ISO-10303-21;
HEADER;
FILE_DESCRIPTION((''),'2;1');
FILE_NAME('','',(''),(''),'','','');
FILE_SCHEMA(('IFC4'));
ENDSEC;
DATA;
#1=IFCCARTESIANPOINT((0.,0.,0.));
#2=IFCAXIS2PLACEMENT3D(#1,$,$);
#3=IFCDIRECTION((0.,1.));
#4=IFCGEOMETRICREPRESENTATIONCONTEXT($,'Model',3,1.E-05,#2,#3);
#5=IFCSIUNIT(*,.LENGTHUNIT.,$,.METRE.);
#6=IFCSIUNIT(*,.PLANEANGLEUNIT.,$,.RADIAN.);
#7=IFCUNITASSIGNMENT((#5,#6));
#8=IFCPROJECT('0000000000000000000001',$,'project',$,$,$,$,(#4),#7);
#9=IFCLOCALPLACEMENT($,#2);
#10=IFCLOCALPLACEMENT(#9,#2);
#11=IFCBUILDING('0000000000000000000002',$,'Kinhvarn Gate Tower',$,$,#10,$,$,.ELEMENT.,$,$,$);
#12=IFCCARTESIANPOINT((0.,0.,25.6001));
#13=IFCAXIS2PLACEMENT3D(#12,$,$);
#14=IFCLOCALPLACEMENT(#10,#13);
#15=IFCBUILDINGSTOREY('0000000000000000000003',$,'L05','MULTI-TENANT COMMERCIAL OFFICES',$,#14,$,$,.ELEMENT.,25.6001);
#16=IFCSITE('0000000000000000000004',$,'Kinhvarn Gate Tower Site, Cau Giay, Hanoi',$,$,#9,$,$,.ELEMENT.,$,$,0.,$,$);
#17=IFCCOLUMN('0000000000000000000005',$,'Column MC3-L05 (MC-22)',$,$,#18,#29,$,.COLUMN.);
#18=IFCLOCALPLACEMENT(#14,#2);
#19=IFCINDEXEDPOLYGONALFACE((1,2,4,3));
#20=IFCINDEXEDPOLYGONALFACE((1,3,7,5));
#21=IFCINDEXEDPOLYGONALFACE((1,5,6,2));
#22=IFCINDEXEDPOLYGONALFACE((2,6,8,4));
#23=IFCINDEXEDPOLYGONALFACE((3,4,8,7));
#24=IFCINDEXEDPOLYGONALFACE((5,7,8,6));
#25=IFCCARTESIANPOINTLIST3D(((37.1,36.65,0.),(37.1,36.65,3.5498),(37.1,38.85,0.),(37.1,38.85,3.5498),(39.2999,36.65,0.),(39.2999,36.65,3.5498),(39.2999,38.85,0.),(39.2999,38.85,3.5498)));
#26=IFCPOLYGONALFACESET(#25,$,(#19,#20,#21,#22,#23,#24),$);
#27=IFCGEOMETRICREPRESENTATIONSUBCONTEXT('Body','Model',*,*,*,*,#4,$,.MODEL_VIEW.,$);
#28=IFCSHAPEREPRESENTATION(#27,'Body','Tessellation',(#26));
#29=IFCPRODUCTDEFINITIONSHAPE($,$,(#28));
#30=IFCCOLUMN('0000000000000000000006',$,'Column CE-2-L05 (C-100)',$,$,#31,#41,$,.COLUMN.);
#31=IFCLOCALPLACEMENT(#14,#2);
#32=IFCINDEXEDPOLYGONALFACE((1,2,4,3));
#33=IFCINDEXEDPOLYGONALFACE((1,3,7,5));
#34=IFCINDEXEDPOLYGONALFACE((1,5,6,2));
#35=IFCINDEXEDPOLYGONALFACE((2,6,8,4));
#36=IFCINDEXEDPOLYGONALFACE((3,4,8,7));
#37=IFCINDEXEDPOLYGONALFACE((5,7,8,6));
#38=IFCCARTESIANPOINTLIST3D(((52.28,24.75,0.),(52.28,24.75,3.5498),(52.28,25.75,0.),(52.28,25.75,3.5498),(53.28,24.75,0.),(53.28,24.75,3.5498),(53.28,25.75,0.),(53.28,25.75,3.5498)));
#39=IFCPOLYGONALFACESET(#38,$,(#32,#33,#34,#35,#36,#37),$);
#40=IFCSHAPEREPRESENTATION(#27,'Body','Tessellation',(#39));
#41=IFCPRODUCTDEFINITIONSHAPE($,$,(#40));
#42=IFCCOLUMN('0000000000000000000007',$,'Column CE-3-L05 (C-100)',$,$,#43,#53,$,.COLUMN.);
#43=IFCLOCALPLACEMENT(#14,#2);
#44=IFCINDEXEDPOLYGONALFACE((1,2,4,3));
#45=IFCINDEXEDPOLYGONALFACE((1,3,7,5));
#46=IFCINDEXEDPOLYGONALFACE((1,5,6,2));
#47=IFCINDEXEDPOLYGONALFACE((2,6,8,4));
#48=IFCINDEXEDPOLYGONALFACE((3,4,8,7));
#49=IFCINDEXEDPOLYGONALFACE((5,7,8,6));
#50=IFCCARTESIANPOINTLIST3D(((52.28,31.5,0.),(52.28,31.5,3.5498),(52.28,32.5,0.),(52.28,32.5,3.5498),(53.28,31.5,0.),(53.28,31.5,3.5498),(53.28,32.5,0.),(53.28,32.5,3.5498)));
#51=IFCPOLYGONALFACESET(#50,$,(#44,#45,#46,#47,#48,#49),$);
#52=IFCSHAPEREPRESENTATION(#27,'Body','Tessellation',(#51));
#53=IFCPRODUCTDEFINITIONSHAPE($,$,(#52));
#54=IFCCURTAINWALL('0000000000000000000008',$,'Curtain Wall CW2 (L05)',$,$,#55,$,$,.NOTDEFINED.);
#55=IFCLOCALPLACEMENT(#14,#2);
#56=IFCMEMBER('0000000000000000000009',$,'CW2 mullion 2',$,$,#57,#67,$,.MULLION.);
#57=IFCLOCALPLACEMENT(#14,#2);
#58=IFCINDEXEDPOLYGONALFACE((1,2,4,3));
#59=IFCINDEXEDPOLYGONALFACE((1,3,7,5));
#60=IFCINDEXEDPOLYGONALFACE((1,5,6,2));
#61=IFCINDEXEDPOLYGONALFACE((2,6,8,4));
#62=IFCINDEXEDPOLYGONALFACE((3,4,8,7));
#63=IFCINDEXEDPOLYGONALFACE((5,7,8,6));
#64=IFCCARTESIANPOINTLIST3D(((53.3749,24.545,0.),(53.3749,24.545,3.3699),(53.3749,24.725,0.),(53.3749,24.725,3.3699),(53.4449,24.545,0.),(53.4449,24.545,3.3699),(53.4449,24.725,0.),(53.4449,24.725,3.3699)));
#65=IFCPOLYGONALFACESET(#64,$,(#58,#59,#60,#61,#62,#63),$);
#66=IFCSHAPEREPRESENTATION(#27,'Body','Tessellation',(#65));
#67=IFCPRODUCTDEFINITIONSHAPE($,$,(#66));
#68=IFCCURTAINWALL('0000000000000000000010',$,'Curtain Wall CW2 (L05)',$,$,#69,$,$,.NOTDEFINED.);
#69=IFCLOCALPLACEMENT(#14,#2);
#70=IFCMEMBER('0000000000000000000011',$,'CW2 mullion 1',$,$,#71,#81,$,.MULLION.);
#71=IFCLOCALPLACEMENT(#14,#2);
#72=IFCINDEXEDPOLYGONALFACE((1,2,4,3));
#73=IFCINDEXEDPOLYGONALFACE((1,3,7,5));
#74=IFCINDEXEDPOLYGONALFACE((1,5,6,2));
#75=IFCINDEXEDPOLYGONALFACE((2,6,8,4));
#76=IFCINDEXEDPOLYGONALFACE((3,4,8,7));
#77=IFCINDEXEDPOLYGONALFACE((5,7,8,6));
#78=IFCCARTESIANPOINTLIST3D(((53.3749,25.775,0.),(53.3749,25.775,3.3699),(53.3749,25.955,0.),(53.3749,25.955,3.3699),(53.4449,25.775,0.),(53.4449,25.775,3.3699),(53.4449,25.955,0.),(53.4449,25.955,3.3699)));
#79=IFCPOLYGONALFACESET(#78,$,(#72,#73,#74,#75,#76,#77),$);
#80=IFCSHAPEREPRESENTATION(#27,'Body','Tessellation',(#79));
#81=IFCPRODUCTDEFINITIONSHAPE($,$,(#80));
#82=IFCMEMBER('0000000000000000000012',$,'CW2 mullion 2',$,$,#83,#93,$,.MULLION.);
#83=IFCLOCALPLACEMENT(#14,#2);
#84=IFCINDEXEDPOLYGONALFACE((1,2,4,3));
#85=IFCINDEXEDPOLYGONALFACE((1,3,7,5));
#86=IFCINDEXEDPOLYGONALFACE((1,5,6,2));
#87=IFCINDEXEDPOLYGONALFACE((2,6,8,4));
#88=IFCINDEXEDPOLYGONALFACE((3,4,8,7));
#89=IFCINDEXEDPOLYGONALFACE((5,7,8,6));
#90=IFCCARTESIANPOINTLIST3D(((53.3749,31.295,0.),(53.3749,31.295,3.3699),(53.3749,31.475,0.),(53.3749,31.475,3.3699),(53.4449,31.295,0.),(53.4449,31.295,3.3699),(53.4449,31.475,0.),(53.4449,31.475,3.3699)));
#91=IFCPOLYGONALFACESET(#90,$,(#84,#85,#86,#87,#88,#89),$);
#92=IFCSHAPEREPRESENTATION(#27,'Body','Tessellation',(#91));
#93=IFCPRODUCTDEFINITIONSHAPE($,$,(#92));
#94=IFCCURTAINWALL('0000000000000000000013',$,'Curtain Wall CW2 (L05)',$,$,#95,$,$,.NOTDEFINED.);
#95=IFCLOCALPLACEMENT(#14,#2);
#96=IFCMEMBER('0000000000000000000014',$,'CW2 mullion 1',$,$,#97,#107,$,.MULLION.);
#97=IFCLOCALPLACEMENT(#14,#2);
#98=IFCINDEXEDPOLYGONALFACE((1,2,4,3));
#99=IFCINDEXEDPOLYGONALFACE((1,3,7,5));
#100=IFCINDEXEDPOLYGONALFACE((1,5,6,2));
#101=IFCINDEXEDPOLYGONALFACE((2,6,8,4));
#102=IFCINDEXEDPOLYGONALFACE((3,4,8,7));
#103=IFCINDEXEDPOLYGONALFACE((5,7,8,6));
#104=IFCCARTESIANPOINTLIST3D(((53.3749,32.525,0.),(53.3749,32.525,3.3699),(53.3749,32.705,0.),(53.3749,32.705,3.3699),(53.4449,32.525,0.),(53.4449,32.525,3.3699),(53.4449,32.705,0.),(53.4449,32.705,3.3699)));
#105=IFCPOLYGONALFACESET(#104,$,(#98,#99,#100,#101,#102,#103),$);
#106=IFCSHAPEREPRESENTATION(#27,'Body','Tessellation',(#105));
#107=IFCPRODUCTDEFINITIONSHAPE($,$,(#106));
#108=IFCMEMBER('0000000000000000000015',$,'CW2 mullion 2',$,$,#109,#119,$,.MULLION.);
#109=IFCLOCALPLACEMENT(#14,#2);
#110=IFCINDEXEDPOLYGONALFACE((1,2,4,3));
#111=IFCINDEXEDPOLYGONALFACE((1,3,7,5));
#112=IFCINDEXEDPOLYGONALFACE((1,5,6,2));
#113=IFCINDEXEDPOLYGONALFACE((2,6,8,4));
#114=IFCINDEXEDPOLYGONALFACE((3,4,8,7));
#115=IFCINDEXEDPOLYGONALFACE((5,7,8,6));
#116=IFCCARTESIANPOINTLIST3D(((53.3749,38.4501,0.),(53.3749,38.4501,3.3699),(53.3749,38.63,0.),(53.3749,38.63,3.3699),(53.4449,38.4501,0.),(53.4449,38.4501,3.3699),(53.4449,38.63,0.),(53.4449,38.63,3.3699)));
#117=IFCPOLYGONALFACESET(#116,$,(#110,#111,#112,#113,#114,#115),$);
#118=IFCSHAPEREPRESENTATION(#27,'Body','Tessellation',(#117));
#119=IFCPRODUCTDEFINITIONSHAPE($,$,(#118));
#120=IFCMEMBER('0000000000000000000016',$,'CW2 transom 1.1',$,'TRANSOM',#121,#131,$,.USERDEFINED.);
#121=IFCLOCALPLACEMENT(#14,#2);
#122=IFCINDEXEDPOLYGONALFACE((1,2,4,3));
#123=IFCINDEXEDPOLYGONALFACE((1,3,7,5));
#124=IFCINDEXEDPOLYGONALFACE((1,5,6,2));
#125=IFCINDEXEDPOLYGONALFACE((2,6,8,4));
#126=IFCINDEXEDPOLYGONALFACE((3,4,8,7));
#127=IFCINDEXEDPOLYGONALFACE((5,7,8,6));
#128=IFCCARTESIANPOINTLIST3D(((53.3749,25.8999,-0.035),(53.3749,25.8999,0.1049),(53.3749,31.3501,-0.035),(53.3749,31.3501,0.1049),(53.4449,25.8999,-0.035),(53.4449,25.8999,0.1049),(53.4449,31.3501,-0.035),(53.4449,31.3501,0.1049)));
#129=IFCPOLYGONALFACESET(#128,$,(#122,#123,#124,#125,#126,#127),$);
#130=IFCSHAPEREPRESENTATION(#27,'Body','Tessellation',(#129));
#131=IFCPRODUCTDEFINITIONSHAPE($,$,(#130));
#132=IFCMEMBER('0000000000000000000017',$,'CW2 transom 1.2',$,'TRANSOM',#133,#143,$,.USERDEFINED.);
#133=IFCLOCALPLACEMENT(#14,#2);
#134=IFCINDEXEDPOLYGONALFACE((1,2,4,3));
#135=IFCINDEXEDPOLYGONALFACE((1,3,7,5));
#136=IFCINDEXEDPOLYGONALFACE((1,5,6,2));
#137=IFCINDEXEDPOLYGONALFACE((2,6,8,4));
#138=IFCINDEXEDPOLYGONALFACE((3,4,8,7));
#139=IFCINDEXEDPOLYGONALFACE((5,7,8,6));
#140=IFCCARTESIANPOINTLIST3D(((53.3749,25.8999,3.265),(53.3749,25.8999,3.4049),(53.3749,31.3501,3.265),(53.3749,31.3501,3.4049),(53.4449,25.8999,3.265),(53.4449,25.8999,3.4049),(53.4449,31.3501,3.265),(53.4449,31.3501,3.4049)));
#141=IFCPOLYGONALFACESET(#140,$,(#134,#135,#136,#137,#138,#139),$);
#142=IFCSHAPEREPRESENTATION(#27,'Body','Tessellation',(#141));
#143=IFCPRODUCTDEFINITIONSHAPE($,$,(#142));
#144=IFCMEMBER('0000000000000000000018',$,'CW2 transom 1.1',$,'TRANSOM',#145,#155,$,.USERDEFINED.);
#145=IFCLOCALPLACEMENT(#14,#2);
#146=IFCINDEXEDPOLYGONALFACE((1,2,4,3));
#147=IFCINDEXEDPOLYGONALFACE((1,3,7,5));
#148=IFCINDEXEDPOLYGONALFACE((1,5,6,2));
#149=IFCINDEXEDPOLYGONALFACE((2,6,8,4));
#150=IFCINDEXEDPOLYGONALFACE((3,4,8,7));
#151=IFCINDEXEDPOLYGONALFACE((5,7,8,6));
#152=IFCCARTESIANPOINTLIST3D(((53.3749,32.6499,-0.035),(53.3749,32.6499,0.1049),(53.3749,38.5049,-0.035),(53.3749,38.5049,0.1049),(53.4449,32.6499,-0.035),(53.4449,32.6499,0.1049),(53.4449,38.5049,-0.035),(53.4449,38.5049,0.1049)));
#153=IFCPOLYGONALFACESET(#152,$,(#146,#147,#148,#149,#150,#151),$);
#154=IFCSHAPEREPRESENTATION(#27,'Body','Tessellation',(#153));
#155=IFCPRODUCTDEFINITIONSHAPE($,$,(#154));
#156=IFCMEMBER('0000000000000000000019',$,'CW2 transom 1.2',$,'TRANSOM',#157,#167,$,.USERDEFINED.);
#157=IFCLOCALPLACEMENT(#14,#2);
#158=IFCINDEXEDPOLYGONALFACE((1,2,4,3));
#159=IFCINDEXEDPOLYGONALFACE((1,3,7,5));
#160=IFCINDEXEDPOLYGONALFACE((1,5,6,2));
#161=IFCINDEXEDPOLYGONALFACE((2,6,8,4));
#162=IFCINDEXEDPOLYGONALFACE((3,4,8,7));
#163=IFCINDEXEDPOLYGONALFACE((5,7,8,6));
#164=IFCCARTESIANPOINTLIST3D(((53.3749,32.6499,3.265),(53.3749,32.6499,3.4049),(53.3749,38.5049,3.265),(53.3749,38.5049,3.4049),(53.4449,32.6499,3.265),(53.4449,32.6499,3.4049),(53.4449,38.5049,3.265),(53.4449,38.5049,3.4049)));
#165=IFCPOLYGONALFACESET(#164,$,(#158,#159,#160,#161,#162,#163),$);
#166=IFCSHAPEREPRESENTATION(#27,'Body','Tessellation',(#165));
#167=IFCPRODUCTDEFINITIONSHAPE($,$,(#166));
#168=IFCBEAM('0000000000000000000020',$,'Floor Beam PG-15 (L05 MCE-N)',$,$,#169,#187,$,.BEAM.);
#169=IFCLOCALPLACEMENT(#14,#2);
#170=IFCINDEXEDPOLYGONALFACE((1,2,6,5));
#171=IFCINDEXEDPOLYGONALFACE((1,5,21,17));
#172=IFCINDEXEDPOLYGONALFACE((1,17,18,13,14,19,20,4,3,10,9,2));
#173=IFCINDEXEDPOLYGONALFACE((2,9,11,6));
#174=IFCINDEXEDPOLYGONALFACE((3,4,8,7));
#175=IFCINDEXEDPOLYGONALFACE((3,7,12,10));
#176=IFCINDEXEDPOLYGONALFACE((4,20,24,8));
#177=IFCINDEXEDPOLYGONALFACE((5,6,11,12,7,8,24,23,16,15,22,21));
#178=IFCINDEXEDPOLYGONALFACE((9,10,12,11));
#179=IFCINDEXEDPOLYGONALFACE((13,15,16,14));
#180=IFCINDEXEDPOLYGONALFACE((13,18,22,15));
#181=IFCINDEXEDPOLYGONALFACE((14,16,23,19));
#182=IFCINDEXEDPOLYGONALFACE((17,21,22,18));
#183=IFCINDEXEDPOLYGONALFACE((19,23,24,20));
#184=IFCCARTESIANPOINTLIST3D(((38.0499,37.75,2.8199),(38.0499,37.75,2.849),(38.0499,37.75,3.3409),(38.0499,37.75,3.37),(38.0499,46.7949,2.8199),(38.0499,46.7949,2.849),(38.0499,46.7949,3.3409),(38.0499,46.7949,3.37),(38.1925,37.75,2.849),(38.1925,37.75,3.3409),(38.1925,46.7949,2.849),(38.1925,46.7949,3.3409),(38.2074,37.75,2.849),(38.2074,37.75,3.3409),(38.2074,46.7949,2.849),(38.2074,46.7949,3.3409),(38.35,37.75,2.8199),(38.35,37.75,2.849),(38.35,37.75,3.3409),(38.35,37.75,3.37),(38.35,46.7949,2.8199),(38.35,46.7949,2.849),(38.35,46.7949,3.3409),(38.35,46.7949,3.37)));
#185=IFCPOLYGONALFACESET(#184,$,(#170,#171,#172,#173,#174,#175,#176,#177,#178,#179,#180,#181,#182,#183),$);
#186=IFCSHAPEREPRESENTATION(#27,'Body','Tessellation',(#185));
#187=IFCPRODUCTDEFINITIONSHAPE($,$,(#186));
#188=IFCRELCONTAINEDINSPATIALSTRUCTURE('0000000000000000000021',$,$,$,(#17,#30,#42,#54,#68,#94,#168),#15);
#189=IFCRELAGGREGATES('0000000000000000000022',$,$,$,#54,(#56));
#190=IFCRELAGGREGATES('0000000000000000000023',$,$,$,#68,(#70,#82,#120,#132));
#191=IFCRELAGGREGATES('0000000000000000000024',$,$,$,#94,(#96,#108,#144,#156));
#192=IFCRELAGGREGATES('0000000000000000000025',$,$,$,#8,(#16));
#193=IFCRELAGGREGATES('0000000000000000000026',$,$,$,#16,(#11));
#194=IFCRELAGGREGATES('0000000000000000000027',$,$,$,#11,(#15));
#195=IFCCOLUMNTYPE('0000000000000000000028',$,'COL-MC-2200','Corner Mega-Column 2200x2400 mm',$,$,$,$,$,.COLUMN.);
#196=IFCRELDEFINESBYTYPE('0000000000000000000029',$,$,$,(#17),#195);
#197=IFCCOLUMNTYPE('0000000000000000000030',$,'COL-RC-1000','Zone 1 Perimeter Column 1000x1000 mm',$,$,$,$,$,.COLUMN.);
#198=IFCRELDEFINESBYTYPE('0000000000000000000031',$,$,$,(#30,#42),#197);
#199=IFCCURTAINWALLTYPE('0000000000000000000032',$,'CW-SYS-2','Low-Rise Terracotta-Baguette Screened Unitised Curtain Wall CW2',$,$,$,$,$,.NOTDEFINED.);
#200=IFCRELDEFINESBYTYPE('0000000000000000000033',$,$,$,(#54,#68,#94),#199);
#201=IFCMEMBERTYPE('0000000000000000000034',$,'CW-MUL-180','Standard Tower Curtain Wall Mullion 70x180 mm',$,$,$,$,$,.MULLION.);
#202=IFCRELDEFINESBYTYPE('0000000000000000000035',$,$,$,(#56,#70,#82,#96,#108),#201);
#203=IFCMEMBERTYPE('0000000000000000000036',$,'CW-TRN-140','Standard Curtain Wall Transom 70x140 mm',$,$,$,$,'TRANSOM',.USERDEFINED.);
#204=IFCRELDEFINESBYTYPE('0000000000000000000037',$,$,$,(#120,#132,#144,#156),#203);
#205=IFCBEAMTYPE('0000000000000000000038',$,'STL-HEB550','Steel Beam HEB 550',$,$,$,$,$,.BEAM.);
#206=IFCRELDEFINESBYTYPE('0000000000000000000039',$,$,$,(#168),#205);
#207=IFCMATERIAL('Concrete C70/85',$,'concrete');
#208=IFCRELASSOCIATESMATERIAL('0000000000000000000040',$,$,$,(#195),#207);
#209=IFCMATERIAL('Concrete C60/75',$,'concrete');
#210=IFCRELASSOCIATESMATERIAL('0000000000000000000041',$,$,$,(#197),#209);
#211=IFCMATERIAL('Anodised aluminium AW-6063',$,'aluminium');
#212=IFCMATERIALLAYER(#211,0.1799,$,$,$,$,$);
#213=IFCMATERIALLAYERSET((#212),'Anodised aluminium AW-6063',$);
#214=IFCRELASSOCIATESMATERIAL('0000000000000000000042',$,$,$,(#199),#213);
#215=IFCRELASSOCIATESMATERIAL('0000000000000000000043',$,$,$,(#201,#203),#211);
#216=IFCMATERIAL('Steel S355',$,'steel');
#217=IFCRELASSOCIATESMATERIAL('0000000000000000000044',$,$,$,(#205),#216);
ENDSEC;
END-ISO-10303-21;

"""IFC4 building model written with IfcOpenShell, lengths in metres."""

from ifc_helpers import new_model, si_unit, direction, frame, origin, origin_2d, place, context, subcontext, project, spatial, rectangle, i_section, extrude, material, layer, layer_set, material_profile, profile_set, type_object, element, aggregate, save


model = new_model("IFC4")

# Units and contexts
model_context = context("Model", 3, precision=1e-05, world=origin(), true_north=direction((0.0, 1.0)))
body_context = subcontext(model_context, "Body", "Model", "MODEL_VIEW")
ifc_project = project(units=[si_unit("LENGTHUNIT", "METRE"), si_unit("PLANEANGLEUNIT", "RADIAN")], contexts=[model_context])

# Site, building, storey
site_placement = place(None, origin())
site = spatial("IfcSite", under=ifc_project, at=site_placement, Name="Kinhvarn Gate Tower Site, Cau Giay, Hanoi", CompositionType="ELEMENT", RefElevation=0.0)
building_placement = place(site_placement, origin())
building = spatial("IfcBuilding", under=site, at=building_placement, Name="Kinhvarn Gate Tower", CompositionType="ELEMENT")
storey_placement = place(building_placement, frame((0.0, 0.0, 25.6001)))
storey = spatial("IfcBuildingStorey", under=building, at=storey_placement, Name="L05", Description="MULTI-TENANT COMMERCIAL OFFICES", CompositionType="ELEMENT", Elevation=25.6001)

# Columns
ifc_material_1 = material(Name="Concrete C70/85", Category="concrete")
ifc_material_profile_1 = material_profile(ifc_material_1, rectangle(XDim=2.2, YDim=2.2, at=origin_2d()), Name="RC 2200x2200")
ifc_profile_set_1 = profile_set([ifc_material_profile_1], Name="Concrete C70/85")
column_type_1 = type_object("IfcColumnType", Name="COL-MC-2200", Description="Corner Mega-Column 2200x2400 mm", PredefinedType="COLUMN", material=ifc_profile_set_1)
column_placement = place(storey_placement, frame((38.2, 37.75, 0.0), z_axis=(0.0, 0.0, 1.0), x_axis=(1.0, 0.0, 0.0)))
element("IfcColumn", 1, at=column_placement, inside=storey, type_object=column_type_1, Name="Column MC3-L05 (MC-22)", PredefinedType="COLUMN", context=body_context, shape_type="SweptSolid", body=[
    extrude(rectangle(XDim=2.2, YDim=2.2, at=origin_2d()), origin(), (0.0, 0.0, 1.0), 3.5498),
])
ifc_material_2 = material(Name="Concrete C60/75", Category="concrete")
ifc_material_profile_2 = material_profile(ifc_material_2, rectangle(XDim=1.0, YDim=1.0, at=origin_2d()), Name="RC 1000x1000")
ifc_profile_set_2 = profile_set([ifc_material_profile_2], Name="Concrete C60/75")
column_type_2 = type_object("IfcColumnType", Name="COL-RC-1000", Description="Zone 1 Perimeter Column 1000x1000 mm", PredefinedType="COLUMN", material=ifc_profile_set_2)
for number, where, z_axis, x_axis, name in (
    (2, (52.78, 25.25, 0.0), (0.0, 0.0, 1.0), (1.0, 0.0, 0.0), "Column CE-2-L05 (C-100)"),
    (3, (52.78, 32.0, 0.0), (0.0, 0.0, 1.0), (1.0, 0.0, 0.0), "Column CE-3-L05 (C-100)"),
):
    element("IfcColumn", number, at=place(storey_placement, frame(where, z_axis=z_axis, x_axis=x_axis)), inside=storey, type_object=column_type_2, Name=name, PredefinedType="COLUMN", context=body_context, shape_type="SweptSolid", body=[
        extrude(rectangle(XDim=1.0, YDim=1.0, at=origin_2d()), origin(), (0.0, 0.0, 1.0), 3.5498),
    ])

# Curtain wall, member
ifc_material_3 = material(Name="Anodised aluminium AW-6063", Category="aluminium")
ifc_layer_1 = layer(ifc_material_3, 0.1799)
ifc_layer_set_1 = layer_set([ifc_layer_1], Name="Anodised aluminium AW-6063")
curtain_wall_type = type_object("IfcCurtainWallType", Name="CW-SYS-2", Description="Low-Rise Terracotta-Baguette Screened Unitised Curtain Wall CW2", PredefinedType="NOTDEFINED", material=ifc_layer_set_1)
curtain_wall_1_placement = place(storey_placement, origin())
curtain_wall_1 = element("IfcCurtainWall", 4, at=curtain_wall_1_placement, inside=storey, type_object=curtain_wall_type, Name="Curtain Wall CW2 (L05)", PredefinedType="NOTDEFINED")
ifc_material_profile_3 = material_profile(ifc_material_3, rectangle(XDim=0.0701, YDim=0.1799, at=origin_2d()), Name="ALU 70x180")
ifc_profile_set_3 = profile_set([ifc_material_profile_3], Name="Anodised aluminium AW-6063")
member_type_1 = type_object("IfcMemberType", Name="CW-MUL-180", Description="Standard Tower Curtain Wall Mullion 70x180 mm", PredefinedType="MULLION", material=ifc_profile_set_3)
member_1_placement = place(storey_placement, frame((53.4099, 24.635, 0.0), z_axis=(0.0, 0.0, 1.0), x_axis=(-1.0, 0.0, 0.0)))
member_1 = element("IfcMember", 5, at=member_1_placement, type_object=member_type_1, Name="CW2 mullion 2", PredefinedType="MULLION", context=body_context, shape_type="SweptSolid", body=[
    extrude(rectangle(XDim=0.0701, YDim=0.1799, at=origin_2d()), origin(), (0.0, 0.0, 1.0), 3.3699),
])
aggregate(curtain_wall_1, [member_1])

# Curtain walls, members
curtain_wall_2_placement = place(storey_placement, origin())
curtain_wall_2 = element("IfcCurtainWall", 6, at=curtain_wall_2_placement, inside=storey, type_object=curtain_wall_type, Name="Curtain Wall CW2 (L05)", PredefinedType="NOTDEFINED")
member_2_placement = place(storey_placement, frame((53.4099, 25.865, 0.0), z_axis=(0.0, 0.0, 1.0), x_axis=(-1.0, 0.0, 0.0)))
member_2 = element("IfcMember", 7, at=member_2_placement, type_object=member_type_1, Name="CW2 mullion 1", PredefinedType="MULLION", context=body_context, shape_type="SweptSolid", body=[
    extrude(rectangle(XDim=0.0701, YDim=0.1799, at=origin_2d()), origin(), (0.0, 0.0, 1.0), 3.3699),
])
member_3_placement = place(storey_placement, frame((53.4099, 31.385, 0.0), z_axis=(0.0, 0.0, 1.0), x_axis=(-1.0, 0.0, 0.0)))
member_3 = element("IfcMember", 8, at=member_3_placement, type_object=member_type_1, Name="CW2 mullion 2", PredefinedType="MULLION", context=body_context, shape_type="SweptSolid", body=[
    extrude(rectangle(XDim=0.0701, YDim=0.1799, at=origin_2d()), origin(), (0.0, 0.0, 1.0), 3.3699),
])
curtain_wall_3_placement = place(storey_placement, origin())
curtain_wall_3 = element("IfcCurtainWall", 9, at=curtain_wall_3_placement, inside=storey, type_object=curtain_wall_type, Name="Curtain Wall CW2 (L05)", PredefinedType="NOTDEFINED")
member_4_placement = place(storey_placement, frame((53.4099, 32.615, 0.0), z_axis=(0.0, 0.0, 1.0), x_axis=(-1.0, 0.0, 0.0)))
member_4 = element("IfcMember", 10, at=member_4_placement, type_object=member_type_1, Name="CW2 mullion 1", PredefinedType="MULLION", context=body_context, shape_type="SweptSolid", body=[
    extrude(rectangle(XDim=0.0701, YDim=0.1799, at=origin_2d()), origin(), (0.0, 0.0, 1.0), 3.3699),
])
member_5_placement = place(storey_placement, frame((53.4099, 38.54, 0.0), z_axis=(0.0, 0.0, 1.0), x_axis=(-1.0, 0.0, 0.0)))
member_5 = element("IfcMember", 11, at=member_5_placement, type_object=member_type_1, Name="CW2 mullion 2", PredefinedType="MULLION", context=body_context, shape_type="SweptSolid", body=[
    extrude(rectangle(XDim=0.0701, YDim=0.1799, at=origin_2d()), origin(), (0.0, 0.0, 1.0), 3.3699),
])

# Members
ifc_material_profile_4 = material_profile(ifc_material_3, rectangle(XDim=0.0701, YDim=0.1399, at=origin_2d()), Name="ALU 70x140")
ifc_profile_set_4 = profile_set([ifc_material_profile_4], Name="Anodised aluminium AW-6063")
member_type_2 = type_object("IfcMemberType", Name="CW-TRN-140", Description="Standard Curtain Wall Transom 70x140 mm", ElementType="TRANSOM", PredefinedType="USERDEFINED", material=ifc_profile_set_4)
member_6_placement = place(storey_placement, frame((53.4099, 25.8999, 0.0349), z_axis=(0.0, 1.0, 0.0), x_axis=(-1.0, 0.0, 0.0)))
member_6 = element("IfcMember", 12, at=member_6_placement, type_object=member_type_2, Name="CW2 transom 1.1", ObjectType="TRANSOM", PredefinedType="USERDEFINED", context=body_context, shape_type="SweptSolid", body=[
    extrude(rectangle(XDim=0.0701, YDim=0.1399, at=origin_2d()), origin(), (0.0, 0.0, 1.0), 5.4502),
])
member_7_placement = place(storey_placement, frame((53.4099, 25.8999, 3.335), z_axis=(0.0, 1.0, 0.0), x_axis=(-1.0, 0.0, 0.0)))
member_7 = element("IfcMember", 13, at=member_7_placement, type_object=member_type_2, Name="CW2 transom 1.2", ObjectType="TRANSOM", PredefinedType="USERDEFINED", context=body_context, shape_type="SweptSolid", body=[
    extrude(rectangle(XDim=0.0701, YDim=0.1399, at=origin_2d()), origin(), (0.0, 0.0, 1.0), 5.4502),
])
member_8_placement = place(storey_placement, frame((53.4099, 32.6499, 0.0349), z_axis=(0.0, 1.0, 0.0), x_axis=(-1.0, 0.0, 0.0)))
member_8 = element("IfcMember", 14, at=member_8_placement, type_object=member_type_2, Name="CW2 transom 1.1", ObjectType="TRANSOM", PredefinedType="USERDEFINED", context=body_context, shape_type="SweptSolid", body=[
    extrude(rectangle(XDim=0.0701, YDim=0.1399, at=origin_2d()), origin(), (0.0, 0.0, 1.0), 5.855),
])
member_9_placement = place(storey_placement, frame((53.4099, 32.6499, 3.335), z_axis=(0.0, 1.0, 0.0), x_axis=(-1.0, 0.0, 0.0)))
member_9 = element("IfcMember", 15, at=member_9_placement, type_object=member_type_2, Name="CW2 transom 1.2", ObjectType="TRANSOM", PredefinedType="USERDEFINED", context=body_context, shape_type="SweptSolid", body=[
    extrude(rectangle(XDim=0.0701, YDim=0.1399, at=origin_2d()), origin(), (0.0, 0.0, 1.0), 5.855),
])

# Beam
ifc_material_4 = material(Name="Steel S355", Category="steel")
ifc_material_profile_5 = material_profile(ifc_material_4, i_section(OverallWidth=0.3, OverallDepth=0.55, WebThickness=0.0149, FlangeThickness=0.0291, at=origin_2d()), Name="HEB 550")
ifc_profile_set_5 = profile_set([ifc_material_profile_5], Name="Steel S355")
beam_type_1 = type_object("IfcBeamType", Name="STL-HEB550", Description="Steel Beam HEB 550", PredefinedType="BEAM", material=ifc_profile_set_5)
beam_1_placement = place(storey_placement, frame((38.2, 37.75, 3.095), z_axis=(0.0, 1.0, 0.0), x_axis=(-1.0, 0.0, 0.0)))
element("IfcBeam", 16, at=beam_1_placement, inside=storey, type_object=beam_type_1, Name="Floor Beam PG-15 (L05 MCE-N)", PredefinedType="BEAM", context=body_context, shape_type="SweptSolid", body=[
    extrude(i_section(OverallWidth=0.3, OverallDepth=0.55, WebThickness=0.0149, FlangeThickness=0.0291, at=origin_2d()), origin(), (0.0, 0.0, 1.0), 9.0449),
])

aggregate(curtain_wall_2, [member_2, member_3, member_6, member_7])
aggregate(curtain_wall_3, [member_4, member_5, member_8, member_9])

save(model, "model.ifc")
